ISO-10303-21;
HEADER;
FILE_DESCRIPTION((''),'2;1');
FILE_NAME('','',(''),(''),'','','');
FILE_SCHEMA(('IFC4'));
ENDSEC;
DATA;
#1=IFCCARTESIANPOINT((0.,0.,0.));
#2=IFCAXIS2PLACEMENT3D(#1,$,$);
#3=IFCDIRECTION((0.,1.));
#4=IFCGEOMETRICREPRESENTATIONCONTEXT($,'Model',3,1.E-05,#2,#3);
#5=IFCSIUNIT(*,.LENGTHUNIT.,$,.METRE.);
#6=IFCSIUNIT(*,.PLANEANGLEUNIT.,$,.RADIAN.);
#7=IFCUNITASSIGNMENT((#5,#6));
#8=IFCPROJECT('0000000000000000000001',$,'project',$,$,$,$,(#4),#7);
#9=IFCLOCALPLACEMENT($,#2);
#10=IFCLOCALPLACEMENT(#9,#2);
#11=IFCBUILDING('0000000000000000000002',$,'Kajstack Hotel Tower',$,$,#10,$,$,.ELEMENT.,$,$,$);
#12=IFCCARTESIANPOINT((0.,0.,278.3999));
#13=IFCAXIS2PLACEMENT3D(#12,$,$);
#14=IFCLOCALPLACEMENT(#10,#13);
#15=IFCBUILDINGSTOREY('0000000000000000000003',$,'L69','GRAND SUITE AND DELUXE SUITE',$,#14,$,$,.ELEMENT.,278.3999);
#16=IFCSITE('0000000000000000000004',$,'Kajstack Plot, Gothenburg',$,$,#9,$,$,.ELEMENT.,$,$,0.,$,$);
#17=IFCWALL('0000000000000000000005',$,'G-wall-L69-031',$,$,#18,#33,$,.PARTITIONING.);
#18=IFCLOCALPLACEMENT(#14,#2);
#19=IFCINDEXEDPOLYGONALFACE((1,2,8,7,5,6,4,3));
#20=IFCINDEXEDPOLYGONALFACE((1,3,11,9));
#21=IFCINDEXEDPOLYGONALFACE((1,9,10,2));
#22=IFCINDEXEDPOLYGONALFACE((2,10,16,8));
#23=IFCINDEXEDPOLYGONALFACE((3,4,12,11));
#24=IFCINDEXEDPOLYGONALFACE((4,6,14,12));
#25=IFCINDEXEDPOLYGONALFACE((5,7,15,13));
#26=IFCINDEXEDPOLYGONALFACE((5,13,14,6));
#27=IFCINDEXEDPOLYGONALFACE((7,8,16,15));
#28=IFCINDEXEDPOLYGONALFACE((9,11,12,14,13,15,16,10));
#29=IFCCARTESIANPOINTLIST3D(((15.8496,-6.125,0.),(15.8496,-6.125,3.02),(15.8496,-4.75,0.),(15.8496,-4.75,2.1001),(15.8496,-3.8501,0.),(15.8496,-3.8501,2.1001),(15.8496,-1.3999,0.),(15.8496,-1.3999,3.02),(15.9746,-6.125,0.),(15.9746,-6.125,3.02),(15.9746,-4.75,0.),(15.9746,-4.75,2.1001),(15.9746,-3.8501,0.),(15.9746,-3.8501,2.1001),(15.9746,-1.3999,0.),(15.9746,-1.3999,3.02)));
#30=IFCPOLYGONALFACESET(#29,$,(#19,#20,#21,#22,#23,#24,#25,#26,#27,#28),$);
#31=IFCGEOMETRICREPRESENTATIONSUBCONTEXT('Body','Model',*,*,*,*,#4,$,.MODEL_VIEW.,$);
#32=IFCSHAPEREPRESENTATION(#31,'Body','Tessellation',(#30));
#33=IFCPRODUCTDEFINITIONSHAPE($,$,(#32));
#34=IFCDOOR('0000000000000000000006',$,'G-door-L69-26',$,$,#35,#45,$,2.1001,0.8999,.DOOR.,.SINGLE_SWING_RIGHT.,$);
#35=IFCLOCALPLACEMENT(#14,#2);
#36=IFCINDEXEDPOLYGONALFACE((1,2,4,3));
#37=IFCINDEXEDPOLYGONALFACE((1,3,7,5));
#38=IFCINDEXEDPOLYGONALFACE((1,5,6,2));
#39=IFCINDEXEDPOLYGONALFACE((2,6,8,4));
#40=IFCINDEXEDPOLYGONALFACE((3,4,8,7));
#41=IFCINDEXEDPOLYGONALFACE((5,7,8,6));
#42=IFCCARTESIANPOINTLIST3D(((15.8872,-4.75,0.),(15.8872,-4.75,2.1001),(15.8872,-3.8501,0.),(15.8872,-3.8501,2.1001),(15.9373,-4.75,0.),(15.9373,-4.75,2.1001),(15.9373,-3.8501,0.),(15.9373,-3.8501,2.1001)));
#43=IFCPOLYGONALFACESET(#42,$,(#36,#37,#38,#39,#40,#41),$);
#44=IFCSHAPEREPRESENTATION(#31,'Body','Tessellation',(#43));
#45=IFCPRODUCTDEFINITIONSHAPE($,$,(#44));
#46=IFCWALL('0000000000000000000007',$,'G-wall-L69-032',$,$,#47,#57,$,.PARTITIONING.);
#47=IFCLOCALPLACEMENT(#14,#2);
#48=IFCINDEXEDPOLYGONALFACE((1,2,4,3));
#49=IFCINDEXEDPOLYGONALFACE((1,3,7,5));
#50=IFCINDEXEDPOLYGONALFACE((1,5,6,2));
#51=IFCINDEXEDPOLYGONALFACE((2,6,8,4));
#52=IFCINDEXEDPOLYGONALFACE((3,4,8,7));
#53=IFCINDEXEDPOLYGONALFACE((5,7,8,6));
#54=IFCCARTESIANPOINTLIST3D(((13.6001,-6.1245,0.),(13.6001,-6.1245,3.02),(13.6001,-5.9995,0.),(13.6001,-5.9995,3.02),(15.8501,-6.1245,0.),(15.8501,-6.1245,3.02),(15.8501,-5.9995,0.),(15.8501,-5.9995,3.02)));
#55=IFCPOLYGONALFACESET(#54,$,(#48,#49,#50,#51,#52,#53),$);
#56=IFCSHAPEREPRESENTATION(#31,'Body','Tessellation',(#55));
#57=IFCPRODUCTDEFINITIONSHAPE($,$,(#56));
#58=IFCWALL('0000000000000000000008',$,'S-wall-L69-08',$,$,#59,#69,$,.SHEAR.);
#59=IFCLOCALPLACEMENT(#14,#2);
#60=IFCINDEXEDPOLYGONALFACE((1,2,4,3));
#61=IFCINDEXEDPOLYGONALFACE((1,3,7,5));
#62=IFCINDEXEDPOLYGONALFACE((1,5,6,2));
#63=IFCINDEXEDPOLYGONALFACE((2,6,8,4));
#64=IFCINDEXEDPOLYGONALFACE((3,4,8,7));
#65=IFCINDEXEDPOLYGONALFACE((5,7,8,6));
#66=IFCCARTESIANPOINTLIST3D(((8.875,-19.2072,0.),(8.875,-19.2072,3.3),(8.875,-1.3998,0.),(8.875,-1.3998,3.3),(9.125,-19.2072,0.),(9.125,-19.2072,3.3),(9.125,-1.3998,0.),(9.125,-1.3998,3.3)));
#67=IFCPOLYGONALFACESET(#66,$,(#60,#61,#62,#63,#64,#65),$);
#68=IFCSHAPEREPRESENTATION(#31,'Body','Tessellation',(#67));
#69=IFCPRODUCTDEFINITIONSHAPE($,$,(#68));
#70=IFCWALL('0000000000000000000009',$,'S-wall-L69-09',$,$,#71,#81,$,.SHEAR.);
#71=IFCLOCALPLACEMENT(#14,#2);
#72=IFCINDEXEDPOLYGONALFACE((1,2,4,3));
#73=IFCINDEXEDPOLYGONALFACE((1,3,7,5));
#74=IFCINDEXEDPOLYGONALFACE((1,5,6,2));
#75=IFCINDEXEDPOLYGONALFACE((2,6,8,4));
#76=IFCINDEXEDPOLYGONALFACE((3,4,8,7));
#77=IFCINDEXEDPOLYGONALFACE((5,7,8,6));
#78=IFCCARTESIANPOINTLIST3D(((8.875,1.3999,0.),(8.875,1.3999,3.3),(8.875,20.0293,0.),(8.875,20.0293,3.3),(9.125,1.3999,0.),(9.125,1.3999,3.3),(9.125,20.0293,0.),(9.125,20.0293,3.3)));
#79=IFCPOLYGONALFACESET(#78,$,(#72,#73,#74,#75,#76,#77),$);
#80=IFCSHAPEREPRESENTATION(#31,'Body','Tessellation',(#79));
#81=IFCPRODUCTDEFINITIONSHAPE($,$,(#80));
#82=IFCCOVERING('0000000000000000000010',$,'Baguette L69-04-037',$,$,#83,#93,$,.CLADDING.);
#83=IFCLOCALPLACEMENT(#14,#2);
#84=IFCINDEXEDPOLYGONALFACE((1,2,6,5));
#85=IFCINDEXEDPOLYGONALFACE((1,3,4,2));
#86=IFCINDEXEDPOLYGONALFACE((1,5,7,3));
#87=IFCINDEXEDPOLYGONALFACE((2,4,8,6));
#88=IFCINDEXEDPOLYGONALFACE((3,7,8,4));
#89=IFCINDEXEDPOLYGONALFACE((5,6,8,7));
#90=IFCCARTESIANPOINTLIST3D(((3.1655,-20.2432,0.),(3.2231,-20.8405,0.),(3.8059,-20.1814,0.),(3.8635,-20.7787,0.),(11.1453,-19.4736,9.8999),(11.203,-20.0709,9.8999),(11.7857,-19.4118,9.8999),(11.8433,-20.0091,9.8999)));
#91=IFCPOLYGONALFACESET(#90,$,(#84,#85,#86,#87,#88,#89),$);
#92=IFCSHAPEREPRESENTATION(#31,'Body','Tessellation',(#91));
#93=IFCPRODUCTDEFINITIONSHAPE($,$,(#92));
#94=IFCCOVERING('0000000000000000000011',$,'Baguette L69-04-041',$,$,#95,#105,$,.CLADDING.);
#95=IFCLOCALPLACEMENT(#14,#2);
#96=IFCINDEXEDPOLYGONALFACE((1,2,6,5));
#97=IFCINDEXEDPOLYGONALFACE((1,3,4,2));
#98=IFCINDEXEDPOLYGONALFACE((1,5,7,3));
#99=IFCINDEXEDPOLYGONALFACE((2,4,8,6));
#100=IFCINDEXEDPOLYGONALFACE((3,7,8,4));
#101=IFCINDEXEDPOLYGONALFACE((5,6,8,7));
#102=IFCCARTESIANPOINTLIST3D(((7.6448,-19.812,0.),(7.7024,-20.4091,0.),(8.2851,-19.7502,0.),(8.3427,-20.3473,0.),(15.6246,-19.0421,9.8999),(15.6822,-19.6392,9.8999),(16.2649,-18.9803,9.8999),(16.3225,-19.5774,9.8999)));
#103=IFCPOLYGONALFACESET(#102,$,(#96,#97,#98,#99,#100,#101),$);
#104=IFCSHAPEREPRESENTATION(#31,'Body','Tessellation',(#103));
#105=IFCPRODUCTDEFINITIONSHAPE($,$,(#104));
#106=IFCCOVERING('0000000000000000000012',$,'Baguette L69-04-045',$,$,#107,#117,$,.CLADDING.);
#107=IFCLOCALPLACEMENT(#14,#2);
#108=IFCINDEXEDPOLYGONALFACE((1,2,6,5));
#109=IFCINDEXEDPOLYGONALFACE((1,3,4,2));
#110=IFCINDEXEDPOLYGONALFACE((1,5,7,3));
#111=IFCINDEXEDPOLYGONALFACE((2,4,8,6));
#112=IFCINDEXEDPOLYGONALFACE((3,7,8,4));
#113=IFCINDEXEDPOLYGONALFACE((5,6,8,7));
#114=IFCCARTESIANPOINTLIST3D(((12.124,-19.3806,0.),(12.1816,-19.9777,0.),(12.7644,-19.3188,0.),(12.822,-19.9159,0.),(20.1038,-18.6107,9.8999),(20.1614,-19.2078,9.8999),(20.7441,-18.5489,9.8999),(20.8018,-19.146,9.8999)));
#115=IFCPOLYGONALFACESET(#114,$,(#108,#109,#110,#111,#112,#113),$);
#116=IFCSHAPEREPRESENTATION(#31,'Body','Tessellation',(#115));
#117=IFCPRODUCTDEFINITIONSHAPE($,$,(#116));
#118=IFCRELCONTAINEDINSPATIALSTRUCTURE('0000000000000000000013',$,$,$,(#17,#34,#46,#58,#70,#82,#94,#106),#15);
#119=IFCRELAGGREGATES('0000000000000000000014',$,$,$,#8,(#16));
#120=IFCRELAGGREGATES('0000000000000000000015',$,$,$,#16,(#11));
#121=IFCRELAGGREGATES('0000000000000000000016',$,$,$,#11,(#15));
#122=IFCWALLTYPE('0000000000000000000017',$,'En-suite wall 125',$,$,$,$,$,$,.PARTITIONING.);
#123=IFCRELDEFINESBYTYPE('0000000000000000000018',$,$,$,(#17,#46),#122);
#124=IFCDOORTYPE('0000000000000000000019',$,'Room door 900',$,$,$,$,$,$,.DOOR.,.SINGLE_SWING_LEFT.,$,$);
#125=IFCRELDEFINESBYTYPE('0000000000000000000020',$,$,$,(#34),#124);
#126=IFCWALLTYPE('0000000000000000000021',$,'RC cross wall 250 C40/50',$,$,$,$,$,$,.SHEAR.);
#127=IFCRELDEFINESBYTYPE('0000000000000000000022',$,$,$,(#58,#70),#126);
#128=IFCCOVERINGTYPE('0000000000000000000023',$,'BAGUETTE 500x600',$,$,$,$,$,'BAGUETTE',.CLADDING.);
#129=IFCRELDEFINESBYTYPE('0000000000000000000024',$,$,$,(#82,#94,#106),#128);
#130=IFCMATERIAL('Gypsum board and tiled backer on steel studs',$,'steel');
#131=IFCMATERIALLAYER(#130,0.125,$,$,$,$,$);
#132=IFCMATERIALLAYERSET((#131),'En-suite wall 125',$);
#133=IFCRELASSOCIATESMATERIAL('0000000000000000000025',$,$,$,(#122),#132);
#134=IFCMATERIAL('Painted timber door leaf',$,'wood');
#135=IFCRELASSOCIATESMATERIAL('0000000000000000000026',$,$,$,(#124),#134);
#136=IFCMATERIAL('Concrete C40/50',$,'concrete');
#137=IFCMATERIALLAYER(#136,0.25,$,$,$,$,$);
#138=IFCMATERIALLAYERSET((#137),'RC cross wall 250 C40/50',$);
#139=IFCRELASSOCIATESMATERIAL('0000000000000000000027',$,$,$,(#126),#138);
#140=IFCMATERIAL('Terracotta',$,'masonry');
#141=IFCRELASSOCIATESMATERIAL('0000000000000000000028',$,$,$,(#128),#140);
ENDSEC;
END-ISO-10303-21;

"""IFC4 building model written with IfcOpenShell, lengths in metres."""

from ifc_helpers import new_model, si_unit, direction, frame, frame_2d, origin, origin_2d, place, context, subcontext, project, spatial, polyline, rectangle, outline, extrude, material, layer, layer_set, material_profile, profile_set, type_object, element, fill, save


model = new_model("IFC4")

# Units and contexts
model_context = context("Model", 3, precision=1e-05, world=origin(), true_north=direction((0.0, 1.0)))
body_context = subcontext(model_context, "Body", "Model", "MODEL_VIEW")
ifc_project = project(units=[si_unit("LENGTHUNIT", "METRE"), si_unit("PLANEANGLEUNIT", "RADIAN")], contexts=[model_context])

# Site, building, storey
site_placement = place(None, origin())
site = spatial("IfcSite", under=ifc_project, at=site_placement, Name="Kajstack Plot, Gothenburg", CompositionType="ELEMENT", RefElevation=0.0)
building_placement = place(site_placement, origin())
building = spatial("IfcBuilding", under=site, at=building_placement, Name="Kajstack Hotel Tower", CompositionType="ELEMENT")
storey_placement = place(building_placement, frame((0.0, 0.0, 278.3999)))
storey = spatial("IfcBuildingStorey", under=building, at=storey_placement, Name="L69", Description="GRAND SUITE AND DELUXE SUITE", CompositionType="ELEMENT", Elevation=278.3999)

# Shared definitions
ifc_material_1 = material(Name="Concrete C40/50", Category="concrete")

# Shared definitions
ifc_material_2 = material(Name="Gypsum board and tiled backer on steel studs", Category="steel")
ifc_layer_1 = layer(ifc_material_2, 0.125)
ifc_layer_set_1 = layer_set([ifc_layer_1], Name="En-suite wall 125")
wall_type_1 = type_object("IfcWallType", Name="En-suite wall 125", PredefinedType="PARTITIONING", material=ifc_layer_set_1)
ifc_material_3 = material(Name="Painted timber door leaf", Category="wood")
door_type_1 = type_object("IfcDoorType", Name="Room door 900", OperationType="SINGLE_SWING_LEFT", PredefinedType="DOOR", material=ifc_material_3)

# Wall, opening, door
wall_1_placement = place(storey_placement, frame((15.9121, -6.125, 0.0), z_axis=(0.0, 0.0, 1.0), x_axis=(0.0, 1.0, 0.0)))
wall_1 = element("IfcWall", 1, at=wall_1_placement, inside=storey, type_object=wall_type_1, Name="G-wall-L69-031", PredefinedType="PARTITIONING", context=body_context, shape_type="SweptSolid", body=[
    extrude(rectangle(XDim=4.7251, YDim=0.125, at=frame_2d((2.3625, 0.0))), origin(), (0.0, 0.0, 1.0), 3.02),
])
opening_1_placement = place(wall_1_placement, frame((1.375, 0.0, 0.0)))
opening_1 = element("IfcOpeningElement", 2, at=opening_1_placement, cuts=wall_1, PredefinedType="OPENING", context=body_context, shape_type="SweptSolid", body=[
    extrude(rectangle(XDim=0.8999, YDim=2.1001, at=frame_2d((0.45, 1.05))), frame((0.0, 0.0725, 0.0), z_axis=(0.0, -1.0, 0.0), x_axis=(1.0, 0.0, 0.0)), (0.0, 0.0, 1.0), 0.145),
])
door_1_placement = place(opening_1_placement, origin())
door_1 = element("IfcDoor", 3, at=door_1_placement, inside=storey, type_object=door_type_1, Name="G-door-L69-26", OperationType="SINGLE_SWING_RIGHT", OverallHeight=2.1001, OverallWidth=0.8999, PredefinedType="DOOR", context=body_context, shape_type="SweptSolid", body=[
    extrude(rectangle(XDim=0.8999, YDim=2.1001, at=frame_2d((0.45, 1.05))), frame((0.0, 0.0249, 0.0), z_axis=(0.0, -1.0, 0.0), x_axis=(1.0, 0.0, 0.0)), (0.0, 0.0, 1.0), 0.05),
])
fill(opening_1, door_1)

# Walls
wall_2_placement = place(storey_placement, frame((13.6001, -6.062, 0.0), z_axis=(0.0, 0.0, 1.0), x_axis=(1.0, 0.0, 0.0)))
element("IfcWall", 4, at=wall_2_placement, inside=storey, type_object=wall_type_1, Name="G-wall-L69-032", PredefinedType="PARTITIONING", context=body_context, shape_type="SweptSolid", body=[
    extrude(rectangle(XDim=2.25, YDim=0.125, at=frame_2d((1.125, 0.0))), origin(), (0.0, 0.0, 1.0), 3.02),
])
ifc_layer_2 = layer(ifc_material_1, 0.25)
ifc_layer_set_2 = layer_set([ifc_layer_2], Name="RC cross wall 250 C40/50")
wall_type_2 = type_object("IfcWallType", Name="RC cross wall 250 C40/50", PredefinedType="SHEAR", material=ifc_layer_set_2)
wall_3_placement = place(storey_placement, frame((9.0, -19.2073, 0.0), z_axis=(0.0, 0.0, 1.0), x_axis=(0.0, 1.0, 0.0)))
element("IfcWall", 5, at=wall_3_placement, inside=storey, type_object=wall_type_2, Name="S-wall-L69-08", PredefinedType="SHEAR", context=body_context, shape_type="SweptSolid", body=[
    extrude(rectangle(XDim=17.8074, YDim=0.25, at=frame_2d((8.9038, 0.0))), origin(), (0.0, 0.0, 1.0), 3.3),
])
wall_4_placement = place(storey_placement, frame((9.0, 1.3999, 0.0), z_axis=(0.0, 0.0, 1.0), x_axis=(0.0, 1.0, 0.0)))
element("IfcWall", 6, at=wall_4_placement, inside=storey, type_object=wall_type_2, Name="S-wall-L69-09", PredefinedType="SHEAR", context=body_context, shape_type="SweptSolid", body=[
    extrude(rectangle(XDim=18.6294, YDim=0.25, at=frame_2d((9.3147, 0.0))), origin(), (0.0, 0.0, 1.0), 3.3),
])

# Coverings
ifc_material_4 = material(Name="Terracotta", Category="masonry")
ifc_material_profile = material_profile(ifc_material_4, rectangle(XDim=0.6001, YDim=0.5, at=origin_2d()), Name="Terracotta-clad concrete baguette 500 x 600")
ifc_profile_set = profile_set([ifc_material_profile], Name="Terracotta")
covering_type = type_object("IfcCoveringType", Name="BAGUETTE 500x600", ElementType="BAGUETTE", PredefinedType="CLADDING", material=ifc_profile_set)
covering_placement = place(storey_placement, frame((3.1655, -20.2432, 0.0), z_axis=(0.095999, -0.995381, 0.0), x_axis=(0.995381, 0.095999, 0.0)))
element("IfcCovering", 7, at=covering_placement, inside=storey, type_object=covering_type, Name="Baguette L69-04-037", PredefinedType="CLADDING", context=body_context, shape_type="SweptSolid", body=[
    extrude(outline(polyline([(8.0168, 9.8999), (0.0, 0.0), (0.6433, 0.0), (8.6602, 9.8999), (8.0168, 9.8999)])), origin(), (0.0, 0.0, 1.0), 0.6001),
])
for number, where, z_axis, x_axis, name in (
    (8, (7.6448, -19.812, 0.0), (0.096038, -0.995378, 0.0), (0.995378, 0.096038, 0.0), "Baguette L69-04-041"),
    (9, (12.124, -19.3806, 0.0), (0.096038, -0.995378, 0.0), (0.995378, 0.096038, 0.0), "Baguette L69-04-045"),
):
    element("IfcCovering", number, at=place(storey_placement, frame(where, z_axis=z_axis, x_axis=x_axis)), inside=storey, type_object=covering_type, Name=name, PredefinedType="CLADDING", context=body_context, shape_type="SweptSolid", body=[
        extrude(outline(polyline([(8.0168, 9.8999), (0.0, 0.0), (0.6433, 0.0), (8.6602, 9.8999), (8.0168, 9.8999)])), origin(), (0.0, 0.0, 1.0), 0.5999),
    ])

save(model, "model.ifc")
